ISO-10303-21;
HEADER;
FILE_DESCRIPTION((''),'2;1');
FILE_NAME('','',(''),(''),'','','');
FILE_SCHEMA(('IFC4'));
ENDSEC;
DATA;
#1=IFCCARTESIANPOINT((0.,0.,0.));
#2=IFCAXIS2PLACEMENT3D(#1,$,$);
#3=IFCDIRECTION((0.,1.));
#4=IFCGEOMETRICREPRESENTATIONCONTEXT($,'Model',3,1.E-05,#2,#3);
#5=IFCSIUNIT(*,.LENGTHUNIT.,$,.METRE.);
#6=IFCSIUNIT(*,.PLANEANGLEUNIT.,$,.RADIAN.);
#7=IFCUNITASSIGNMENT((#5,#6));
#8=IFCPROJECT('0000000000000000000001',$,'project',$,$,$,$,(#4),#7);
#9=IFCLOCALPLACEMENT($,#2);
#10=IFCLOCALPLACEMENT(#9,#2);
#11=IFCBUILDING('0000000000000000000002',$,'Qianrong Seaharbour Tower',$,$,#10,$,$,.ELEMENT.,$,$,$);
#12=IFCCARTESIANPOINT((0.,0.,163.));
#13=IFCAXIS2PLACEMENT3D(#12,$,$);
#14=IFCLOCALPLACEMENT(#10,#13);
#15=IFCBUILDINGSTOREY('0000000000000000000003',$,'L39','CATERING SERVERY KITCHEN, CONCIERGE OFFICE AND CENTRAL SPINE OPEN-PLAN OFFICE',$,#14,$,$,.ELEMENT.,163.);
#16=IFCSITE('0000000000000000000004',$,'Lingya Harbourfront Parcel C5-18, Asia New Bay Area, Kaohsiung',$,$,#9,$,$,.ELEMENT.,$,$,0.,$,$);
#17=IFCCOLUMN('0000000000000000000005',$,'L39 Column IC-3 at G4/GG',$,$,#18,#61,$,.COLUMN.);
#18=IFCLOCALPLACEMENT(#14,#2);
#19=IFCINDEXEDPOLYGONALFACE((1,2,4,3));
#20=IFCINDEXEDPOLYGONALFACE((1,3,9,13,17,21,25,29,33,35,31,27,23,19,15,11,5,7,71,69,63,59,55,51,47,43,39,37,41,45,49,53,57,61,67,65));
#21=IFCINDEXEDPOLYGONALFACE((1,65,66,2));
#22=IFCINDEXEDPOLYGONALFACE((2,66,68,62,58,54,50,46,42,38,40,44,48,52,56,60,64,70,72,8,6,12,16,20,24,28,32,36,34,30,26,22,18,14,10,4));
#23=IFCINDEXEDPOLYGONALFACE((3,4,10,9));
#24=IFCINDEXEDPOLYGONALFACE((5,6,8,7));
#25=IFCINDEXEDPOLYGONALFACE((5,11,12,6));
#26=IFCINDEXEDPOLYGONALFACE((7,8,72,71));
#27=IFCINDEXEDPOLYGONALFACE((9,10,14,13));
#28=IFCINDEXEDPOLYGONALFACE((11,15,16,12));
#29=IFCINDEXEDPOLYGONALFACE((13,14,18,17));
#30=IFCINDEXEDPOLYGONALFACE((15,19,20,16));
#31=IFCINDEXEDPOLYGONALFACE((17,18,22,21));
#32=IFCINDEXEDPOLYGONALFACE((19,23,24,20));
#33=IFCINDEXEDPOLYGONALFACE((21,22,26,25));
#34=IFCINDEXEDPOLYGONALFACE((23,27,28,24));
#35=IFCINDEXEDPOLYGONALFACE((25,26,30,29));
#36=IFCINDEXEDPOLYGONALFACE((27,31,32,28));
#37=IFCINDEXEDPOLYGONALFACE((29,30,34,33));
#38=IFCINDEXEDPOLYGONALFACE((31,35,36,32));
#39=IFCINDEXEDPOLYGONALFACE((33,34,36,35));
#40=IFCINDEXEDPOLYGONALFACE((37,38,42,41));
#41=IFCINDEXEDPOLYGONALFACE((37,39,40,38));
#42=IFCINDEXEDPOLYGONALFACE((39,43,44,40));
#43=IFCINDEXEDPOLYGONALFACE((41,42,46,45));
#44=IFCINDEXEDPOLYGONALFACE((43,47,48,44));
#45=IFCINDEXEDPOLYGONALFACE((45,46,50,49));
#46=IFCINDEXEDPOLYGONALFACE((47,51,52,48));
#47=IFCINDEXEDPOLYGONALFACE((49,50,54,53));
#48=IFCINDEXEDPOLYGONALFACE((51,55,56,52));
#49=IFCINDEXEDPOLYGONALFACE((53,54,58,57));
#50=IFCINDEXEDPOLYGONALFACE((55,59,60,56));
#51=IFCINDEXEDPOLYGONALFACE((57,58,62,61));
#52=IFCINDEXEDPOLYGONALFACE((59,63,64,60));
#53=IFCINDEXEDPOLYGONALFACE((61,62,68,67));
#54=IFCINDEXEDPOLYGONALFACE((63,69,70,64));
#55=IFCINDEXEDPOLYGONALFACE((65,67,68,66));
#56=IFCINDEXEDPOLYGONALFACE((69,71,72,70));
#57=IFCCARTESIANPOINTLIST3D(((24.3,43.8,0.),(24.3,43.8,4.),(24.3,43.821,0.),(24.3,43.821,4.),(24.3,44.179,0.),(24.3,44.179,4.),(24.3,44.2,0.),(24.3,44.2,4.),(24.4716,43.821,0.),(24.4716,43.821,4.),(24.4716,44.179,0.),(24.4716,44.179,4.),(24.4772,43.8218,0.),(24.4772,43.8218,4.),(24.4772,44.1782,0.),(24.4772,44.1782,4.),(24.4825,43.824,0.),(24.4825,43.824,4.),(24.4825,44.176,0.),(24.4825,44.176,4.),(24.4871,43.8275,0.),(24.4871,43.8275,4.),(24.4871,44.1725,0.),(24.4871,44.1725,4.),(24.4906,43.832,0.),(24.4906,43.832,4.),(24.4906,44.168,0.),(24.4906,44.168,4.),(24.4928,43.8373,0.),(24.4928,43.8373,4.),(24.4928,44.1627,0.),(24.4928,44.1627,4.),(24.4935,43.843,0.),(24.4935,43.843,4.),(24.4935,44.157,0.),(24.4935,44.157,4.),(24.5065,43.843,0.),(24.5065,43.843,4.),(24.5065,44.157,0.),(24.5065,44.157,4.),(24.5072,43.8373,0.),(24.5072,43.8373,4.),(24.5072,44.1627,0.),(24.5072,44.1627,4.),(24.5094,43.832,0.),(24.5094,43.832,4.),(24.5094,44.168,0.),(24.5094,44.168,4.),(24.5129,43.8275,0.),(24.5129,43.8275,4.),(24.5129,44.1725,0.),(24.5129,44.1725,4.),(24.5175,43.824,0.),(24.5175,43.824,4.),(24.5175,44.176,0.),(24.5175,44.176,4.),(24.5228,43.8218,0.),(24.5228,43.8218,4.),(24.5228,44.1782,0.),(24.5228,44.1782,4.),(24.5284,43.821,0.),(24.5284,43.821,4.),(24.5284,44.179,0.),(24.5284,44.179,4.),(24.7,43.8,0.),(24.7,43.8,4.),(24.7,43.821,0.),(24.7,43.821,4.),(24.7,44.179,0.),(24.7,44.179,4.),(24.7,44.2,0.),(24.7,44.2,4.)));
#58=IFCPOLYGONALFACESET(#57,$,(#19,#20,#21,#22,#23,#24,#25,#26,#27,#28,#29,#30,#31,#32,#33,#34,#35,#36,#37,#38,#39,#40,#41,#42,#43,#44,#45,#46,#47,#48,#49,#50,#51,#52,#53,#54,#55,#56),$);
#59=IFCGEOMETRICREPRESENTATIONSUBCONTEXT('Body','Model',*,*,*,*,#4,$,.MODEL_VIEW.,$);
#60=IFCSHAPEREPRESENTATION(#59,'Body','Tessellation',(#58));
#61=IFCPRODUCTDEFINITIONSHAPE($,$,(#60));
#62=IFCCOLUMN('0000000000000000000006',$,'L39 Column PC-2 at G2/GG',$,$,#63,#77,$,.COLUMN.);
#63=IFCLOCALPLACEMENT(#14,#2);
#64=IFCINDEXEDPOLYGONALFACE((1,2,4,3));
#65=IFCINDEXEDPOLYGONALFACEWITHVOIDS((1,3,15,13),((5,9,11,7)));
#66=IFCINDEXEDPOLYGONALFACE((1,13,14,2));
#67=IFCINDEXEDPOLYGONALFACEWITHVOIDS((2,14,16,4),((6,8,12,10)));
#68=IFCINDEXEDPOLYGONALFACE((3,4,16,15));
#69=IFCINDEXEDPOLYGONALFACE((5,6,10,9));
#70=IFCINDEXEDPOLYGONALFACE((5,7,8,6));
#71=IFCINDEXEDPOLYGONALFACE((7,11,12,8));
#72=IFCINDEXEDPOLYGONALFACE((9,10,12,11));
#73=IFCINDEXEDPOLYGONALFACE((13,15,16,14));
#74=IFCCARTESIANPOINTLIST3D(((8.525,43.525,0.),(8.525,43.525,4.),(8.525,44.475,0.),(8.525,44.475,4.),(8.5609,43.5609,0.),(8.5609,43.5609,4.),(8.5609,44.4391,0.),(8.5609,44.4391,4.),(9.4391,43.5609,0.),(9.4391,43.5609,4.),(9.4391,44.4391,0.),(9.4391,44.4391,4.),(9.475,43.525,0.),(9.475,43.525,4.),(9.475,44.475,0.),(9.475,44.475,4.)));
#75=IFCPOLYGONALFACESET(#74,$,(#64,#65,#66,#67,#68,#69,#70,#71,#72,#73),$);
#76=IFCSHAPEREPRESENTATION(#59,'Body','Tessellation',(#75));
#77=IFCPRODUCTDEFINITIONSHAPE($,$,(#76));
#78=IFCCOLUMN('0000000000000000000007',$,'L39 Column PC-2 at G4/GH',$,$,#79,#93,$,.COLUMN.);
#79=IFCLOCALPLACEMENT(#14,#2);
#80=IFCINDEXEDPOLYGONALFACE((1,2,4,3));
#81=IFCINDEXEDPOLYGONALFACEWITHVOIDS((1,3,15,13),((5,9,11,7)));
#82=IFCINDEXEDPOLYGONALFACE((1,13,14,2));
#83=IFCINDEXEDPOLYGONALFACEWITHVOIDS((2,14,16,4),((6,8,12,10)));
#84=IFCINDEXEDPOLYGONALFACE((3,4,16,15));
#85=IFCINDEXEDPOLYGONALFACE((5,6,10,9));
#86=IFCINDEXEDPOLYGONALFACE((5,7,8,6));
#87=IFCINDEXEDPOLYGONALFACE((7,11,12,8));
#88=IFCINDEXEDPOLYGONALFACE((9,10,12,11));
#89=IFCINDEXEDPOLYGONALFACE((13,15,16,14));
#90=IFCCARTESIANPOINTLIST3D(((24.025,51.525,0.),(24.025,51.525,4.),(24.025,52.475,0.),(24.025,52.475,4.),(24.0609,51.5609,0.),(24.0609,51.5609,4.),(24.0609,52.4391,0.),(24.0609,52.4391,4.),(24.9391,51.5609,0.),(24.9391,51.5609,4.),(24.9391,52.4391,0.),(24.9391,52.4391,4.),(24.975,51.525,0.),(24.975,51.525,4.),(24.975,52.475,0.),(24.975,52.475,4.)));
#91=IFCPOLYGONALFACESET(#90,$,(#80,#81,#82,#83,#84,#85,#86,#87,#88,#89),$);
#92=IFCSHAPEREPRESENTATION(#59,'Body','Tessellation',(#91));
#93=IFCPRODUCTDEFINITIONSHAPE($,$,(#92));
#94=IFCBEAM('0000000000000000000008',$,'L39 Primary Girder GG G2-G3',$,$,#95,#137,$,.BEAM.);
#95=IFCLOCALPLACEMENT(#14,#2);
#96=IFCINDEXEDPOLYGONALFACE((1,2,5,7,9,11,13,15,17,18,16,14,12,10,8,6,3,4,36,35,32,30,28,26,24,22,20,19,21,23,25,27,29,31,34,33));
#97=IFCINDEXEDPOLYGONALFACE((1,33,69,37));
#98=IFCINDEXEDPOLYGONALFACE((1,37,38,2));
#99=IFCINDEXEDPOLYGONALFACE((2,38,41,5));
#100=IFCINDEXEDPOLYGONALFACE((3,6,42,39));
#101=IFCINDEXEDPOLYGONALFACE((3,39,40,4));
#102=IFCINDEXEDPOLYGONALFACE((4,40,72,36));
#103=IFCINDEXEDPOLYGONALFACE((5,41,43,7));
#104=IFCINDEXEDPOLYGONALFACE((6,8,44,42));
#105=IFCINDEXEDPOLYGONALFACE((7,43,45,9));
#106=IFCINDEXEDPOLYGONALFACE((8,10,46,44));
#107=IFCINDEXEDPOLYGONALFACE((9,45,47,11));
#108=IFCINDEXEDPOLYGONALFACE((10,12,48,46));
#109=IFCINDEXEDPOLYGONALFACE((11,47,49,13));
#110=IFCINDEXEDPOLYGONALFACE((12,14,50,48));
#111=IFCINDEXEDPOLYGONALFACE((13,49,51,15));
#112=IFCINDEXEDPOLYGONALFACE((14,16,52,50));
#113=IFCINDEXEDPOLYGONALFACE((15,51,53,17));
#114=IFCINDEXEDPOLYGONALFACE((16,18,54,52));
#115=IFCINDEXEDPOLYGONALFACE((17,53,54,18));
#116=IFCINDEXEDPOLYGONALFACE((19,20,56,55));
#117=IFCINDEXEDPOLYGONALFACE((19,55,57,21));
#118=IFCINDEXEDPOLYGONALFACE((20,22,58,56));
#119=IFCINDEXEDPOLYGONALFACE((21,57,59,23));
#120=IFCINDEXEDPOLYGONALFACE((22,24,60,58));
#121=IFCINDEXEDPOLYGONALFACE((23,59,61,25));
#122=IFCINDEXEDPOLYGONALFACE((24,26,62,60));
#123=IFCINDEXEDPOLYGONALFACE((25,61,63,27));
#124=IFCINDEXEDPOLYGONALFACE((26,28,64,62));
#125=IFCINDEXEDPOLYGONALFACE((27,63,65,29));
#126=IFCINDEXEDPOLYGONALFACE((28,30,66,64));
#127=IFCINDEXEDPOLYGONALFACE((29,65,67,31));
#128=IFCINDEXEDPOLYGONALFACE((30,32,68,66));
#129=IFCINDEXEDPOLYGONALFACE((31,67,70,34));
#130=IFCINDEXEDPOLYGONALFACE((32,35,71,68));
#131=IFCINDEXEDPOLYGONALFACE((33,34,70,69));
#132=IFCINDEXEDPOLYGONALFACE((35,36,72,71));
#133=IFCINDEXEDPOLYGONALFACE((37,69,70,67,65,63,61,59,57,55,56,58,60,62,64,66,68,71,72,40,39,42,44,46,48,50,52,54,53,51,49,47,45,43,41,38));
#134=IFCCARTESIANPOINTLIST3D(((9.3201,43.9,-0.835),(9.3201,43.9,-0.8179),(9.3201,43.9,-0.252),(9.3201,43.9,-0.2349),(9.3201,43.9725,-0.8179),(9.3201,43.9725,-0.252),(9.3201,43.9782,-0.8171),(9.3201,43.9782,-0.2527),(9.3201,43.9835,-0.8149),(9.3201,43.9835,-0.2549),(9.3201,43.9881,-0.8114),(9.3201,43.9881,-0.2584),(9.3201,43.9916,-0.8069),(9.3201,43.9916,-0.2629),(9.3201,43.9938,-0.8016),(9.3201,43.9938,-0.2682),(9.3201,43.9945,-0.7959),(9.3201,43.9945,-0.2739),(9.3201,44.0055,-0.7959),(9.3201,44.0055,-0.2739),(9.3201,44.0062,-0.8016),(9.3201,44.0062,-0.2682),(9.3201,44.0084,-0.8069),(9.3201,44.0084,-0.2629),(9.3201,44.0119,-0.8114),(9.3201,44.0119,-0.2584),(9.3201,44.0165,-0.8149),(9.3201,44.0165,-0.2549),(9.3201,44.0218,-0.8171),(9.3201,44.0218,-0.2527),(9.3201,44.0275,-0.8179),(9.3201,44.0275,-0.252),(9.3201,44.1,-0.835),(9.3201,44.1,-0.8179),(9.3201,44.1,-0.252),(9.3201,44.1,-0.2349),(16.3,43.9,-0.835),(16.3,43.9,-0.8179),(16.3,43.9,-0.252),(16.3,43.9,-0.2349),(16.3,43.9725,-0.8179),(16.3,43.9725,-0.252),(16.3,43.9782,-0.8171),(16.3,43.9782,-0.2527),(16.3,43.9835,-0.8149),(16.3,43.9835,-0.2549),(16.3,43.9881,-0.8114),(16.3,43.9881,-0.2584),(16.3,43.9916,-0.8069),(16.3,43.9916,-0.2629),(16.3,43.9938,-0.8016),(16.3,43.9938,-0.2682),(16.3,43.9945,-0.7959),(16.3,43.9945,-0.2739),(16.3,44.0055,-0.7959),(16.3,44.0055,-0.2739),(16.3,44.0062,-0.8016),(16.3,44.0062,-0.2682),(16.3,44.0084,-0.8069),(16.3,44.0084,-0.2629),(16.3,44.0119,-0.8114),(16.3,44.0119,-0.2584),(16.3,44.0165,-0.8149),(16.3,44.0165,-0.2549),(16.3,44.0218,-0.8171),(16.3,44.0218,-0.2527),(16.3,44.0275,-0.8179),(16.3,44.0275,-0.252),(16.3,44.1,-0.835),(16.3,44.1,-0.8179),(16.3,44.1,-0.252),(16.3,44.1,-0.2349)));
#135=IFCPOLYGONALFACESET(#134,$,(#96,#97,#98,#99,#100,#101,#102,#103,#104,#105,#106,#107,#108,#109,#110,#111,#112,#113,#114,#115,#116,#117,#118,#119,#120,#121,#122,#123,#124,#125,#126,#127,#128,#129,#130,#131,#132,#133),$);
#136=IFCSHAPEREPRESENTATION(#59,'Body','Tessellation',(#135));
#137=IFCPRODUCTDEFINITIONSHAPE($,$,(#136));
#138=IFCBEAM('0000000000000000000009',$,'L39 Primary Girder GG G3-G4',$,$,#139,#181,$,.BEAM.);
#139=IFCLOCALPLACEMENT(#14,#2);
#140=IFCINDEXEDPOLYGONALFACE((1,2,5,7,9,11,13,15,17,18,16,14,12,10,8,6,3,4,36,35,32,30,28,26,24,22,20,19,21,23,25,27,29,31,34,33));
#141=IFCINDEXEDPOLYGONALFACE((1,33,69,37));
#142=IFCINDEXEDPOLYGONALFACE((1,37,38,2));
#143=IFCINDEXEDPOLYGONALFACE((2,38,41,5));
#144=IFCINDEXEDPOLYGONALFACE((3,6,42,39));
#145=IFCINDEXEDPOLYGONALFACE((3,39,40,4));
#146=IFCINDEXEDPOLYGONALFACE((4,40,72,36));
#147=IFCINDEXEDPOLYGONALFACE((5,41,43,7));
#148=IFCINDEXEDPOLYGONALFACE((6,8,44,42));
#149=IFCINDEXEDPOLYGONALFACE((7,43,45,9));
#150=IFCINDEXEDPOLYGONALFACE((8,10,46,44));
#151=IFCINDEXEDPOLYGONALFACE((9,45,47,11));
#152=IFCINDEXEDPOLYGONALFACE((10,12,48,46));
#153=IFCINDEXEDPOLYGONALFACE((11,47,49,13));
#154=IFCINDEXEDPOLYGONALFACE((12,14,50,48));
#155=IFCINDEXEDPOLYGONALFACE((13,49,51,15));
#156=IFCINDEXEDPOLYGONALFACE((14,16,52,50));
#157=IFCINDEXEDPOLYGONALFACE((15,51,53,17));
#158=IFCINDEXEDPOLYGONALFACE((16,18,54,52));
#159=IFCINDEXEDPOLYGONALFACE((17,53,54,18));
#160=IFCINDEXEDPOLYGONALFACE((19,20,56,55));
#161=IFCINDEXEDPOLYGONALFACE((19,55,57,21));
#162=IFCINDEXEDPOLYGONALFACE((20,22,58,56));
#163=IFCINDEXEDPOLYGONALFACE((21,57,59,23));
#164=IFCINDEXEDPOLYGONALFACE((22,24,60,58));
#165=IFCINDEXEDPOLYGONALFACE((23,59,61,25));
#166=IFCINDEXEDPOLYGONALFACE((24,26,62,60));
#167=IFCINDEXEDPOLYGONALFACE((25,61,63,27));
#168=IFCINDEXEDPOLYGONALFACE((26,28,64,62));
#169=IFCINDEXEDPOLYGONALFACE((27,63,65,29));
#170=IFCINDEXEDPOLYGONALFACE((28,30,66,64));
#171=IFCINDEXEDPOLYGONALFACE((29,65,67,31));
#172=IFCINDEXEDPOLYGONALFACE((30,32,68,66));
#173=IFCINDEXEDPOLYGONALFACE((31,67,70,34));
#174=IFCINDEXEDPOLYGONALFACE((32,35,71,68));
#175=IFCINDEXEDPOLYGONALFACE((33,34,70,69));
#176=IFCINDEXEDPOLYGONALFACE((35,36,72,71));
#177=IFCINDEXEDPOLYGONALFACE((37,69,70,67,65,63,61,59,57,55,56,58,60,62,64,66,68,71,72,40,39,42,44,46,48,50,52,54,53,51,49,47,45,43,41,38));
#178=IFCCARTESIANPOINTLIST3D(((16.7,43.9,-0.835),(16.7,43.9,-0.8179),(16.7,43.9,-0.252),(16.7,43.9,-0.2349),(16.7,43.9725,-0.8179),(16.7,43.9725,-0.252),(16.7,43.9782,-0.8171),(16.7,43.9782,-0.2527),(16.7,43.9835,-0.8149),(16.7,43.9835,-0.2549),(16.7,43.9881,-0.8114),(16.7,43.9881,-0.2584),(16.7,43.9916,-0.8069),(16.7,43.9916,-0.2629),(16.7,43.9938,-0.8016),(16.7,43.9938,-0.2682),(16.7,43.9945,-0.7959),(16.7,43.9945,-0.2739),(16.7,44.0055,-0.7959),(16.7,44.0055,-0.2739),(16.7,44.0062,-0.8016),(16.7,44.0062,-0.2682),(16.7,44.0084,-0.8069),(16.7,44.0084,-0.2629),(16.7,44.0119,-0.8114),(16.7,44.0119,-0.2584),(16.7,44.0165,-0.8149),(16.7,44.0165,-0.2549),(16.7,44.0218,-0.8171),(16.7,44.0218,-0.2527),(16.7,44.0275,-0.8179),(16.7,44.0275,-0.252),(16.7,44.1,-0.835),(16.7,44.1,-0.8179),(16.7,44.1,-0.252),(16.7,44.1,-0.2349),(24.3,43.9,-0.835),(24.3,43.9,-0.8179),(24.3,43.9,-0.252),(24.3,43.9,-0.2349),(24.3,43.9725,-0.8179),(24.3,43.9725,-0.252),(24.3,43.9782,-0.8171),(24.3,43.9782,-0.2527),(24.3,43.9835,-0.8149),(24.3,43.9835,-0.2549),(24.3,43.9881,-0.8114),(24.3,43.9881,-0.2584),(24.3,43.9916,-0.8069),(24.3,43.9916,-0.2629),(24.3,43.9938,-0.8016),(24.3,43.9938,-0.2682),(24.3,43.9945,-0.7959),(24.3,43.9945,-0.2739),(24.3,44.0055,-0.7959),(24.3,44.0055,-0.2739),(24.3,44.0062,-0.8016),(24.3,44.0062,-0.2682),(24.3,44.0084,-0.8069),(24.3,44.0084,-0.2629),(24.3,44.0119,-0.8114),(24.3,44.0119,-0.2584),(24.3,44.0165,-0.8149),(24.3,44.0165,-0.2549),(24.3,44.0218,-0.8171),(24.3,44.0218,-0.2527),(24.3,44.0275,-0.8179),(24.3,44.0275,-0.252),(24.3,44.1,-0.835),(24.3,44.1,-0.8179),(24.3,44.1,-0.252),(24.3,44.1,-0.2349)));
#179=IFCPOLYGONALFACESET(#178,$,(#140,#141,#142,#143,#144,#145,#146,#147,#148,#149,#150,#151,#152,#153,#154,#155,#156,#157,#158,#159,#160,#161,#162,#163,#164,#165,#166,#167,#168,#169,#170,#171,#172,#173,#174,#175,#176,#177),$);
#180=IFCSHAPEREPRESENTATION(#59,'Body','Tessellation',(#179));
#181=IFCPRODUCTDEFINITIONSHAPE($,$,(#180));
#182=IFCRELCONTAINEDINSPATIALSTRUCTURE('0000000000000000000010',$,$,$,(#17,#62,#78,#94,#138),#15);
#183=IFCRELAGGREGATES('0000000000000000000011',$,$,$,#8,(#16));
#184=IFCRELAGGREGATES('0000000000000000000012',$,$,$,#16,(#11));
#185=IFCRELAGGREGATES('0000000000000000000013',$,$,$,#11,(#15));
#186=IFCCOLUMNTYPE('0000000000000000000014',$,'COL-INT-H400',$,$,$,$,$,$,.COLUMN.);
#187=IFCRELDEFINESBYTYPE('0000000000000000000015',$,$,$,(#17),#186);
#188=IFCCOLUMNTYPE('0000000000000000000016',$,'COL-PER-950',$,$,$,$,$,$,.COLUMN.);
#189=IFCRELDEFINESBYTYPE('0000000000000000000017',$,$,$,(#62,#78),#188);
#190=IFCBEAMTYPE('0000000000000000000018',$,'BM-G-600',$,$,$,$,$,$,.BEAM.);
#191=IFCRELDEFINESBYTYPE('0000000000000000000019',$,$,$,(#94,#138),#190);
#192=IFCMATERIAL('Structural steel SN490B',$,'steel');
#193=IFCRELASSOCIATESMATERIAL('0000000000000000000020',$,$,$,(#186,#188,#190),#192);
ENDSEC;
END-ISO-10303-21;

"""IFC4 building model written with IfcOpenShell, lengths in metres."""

from ifc_helpers import new_model, si_unit, direction, frame, origin, origin_2d, place, context, subcontext, project, spatial, hollow_rectangle, i_section, extrude, material, material_profile, profile_set, type_object, element, save


model = new_model("IFC4")

# Units and contexts
model_context = context("Model", 3, precision=1e-05, world=origin(), true_north=direction((0.0, 1.0)))
body_context = subcontext(model_context, "Body", "Model", "MODEL_VIEW")
ifc_project = project(units=[si_unit("LENGTHUNIT", "METRE"), si_unit("PLANEANGLEUNIT", "RADIAN")], contexts=[model_context])

# Site, building, storey
site_placement = place(None, origin())
site = spatial("IfcSite", under=ifc_project, at=site_placement, Name="Lingya Harbourfront Parcel C5-18, Asia New Bay Area, Kaohsiung", CompositionType="ELEMENT", RefElevation=0.0)
building_placement = place(site_placement, origin())
building = spatial("IfcBuilding", under=site, at=building_placement, Name="Qianrong Seaharbour Tower", CompositionType="ELEMENT")
storey_placement = place(building_placement, frame((0.0, 0.0, 163.0)))
storey = spatial("IfcBuildingStorey", under=building, at=storey_placement, Name="L39", Description="CATERING SERVERY KITCHEN, CONCIERGE OFFICE AND CENTRAL SPINE OPEN-PLAN OFFICE", CompositionType="ELEMENT", Elevation=163.0)

# Columns
ifc_material_1 = material(Name="Structural steel SN490B", Category="steel")
ifc_material_profile_1 = material_profile(ifc_material_1, i_section(OverallWidth=0.3999, OverallDepth=0.3999, WebThickness=0.0129, FlangeThickness=0.021, FilletRadius=0.022, at=origin_2d()), Name="H400x400x13x21")
ifc_profile_set_1 = profile_set([ifc_material_profile_1], Name="Structural steel SN490B")
column_type_1 = type_object("IfcColumnType", Name="COL-INT-H400", PredefinedType="COLUMN", material=ifc_profile_set_1)
for number, where, z_axis, x_axis, name in (
    (1, (24.5, 44.0, 0.0), (0.0, 0.0, 1.0), (1.0, 0.0, 0.0), "L39 Column IC-3 at G4/GG"),
):
    element("IfcColumn", number, at=place(storey_placement, frame(where, z_axis=z_axis, x_axis=x_axis)), inside=storey, type_object=column_type_1, Name=name, PredefinedType="COLUMN", context=body_context, shape_type="SweptSolid", body=[
        extrude(i_section(OverallWidth=0.3999, OverallDepth=0.3999, WebThickness=0.0129, FlangeThickness=0.021, FilletRadius=0.022, at=origin_2d()), origin(), (0.0, 0.0, 1.0), 4.0),
    ])
ifc_material_profile_2 = material_profile(ifc_material_1, hollow_rectangle(XDim=0.95, YDim=0.95, WallThickness=0.0359, at=origin_2d()), Name="BOX950x950x36")
ifc_profile_set_2 = profile_set([ifc_material_profile_2], Name="Structural steel SN490B")
column_type_2 = type_object("IfcColumnType", Name="COL-PER-950", PredefinedType="COLUMN", material=ifc_profile_set_2)
for number, where, z_axis, x_axis, name in (
    (2, (9.0, 44.0, 0.0), (0.0, 0.0, 1.0), (1.0, 0.0, 0.0), "L39 Column PC-2 at G2/GG"),
    (3, (24.5, 52.0, 0.0), (0.0, 0.0, 1.0), (1.0, 0.0, 0.0), "L39 Column PC-2 at G4/GH"),
):
    element("IfcColumn", number, at=place(storey_placement, frame(where, z_axis=z_axis, x_axis=x_axis)), inside=storey, type_object=column_type_2, Name=name, PredefinedType="COLUMN", context=body_context, shape_type="SweptSolid", body=[
        extrude(hollow_rectangle(XDim=0.95, YDim=0.95, WallThickness=0.0359, at=origin_2d()), origin(), (0.0, 0.0, 1.0), 4.0),
    ])

# Beams
ifc_material_profile_3 = material_profile(ifc_material_1, i_section(OverallWidth=0.2, OverallDepth=0.6001, WebThickness=0.011, FlangeThickness=0.0171, FilletRadius=0.022, at=origin_2d()), Name="H600x200x11x17")
ifc_profile_set_3 = profile_set([ifc_material_profile_3], Name="Structural steel SN490B")
beam_type_1 = type_object("IfcBeamType", Name="BM-G-600", PredefinedType="BEAM", material=ifc_profile_set_3)
beam_1_placement = place(storey_placement, frame((9.3201, 44.0, -0.5349), z_axis=(1.0, 0.0, 0.0), x_axis=(0.0, 1.0, 0.0)))
element("IfcBeam", 4, at=beam_1_placement, inside=storey, type_object=beam_type_1, Name="L39 Primary Girder GG G2-G3", PredefinedType="BEAM", context=body_context, shape_type="SweptSolid", body=[
    extrude(i_section(OverallWidth=0.2, OverallDepth=0.6001, WebThickness=0.011, FlangeThickness=0.0171, FilletRadius=0.022, at=origin_2d()), origin(), (0.0, 0.0, 1.0), 6.98),
])
for number, where, z_axis, x_axis, name in (
    (5, (16.7, 44.0, -0.5349), (1.0, 0.0, 0.0), (0.0, 1.0, 0.0), "L39 Primary Girder GG G3-G4"),
):
    element("IfcBeam", number, at=place(storey_placement, frame(where, z_axis=z_axis, x_axis=x_axis)), inside=storey, type_object=beam_type_1, Name=name, PredefinedType="BEAM", context=body_context, shape_type="SweptSolid", body=[
        extrude(i_section(OverallWidth=0.2, OverallDepth=0.6001, WebThickness=0.011, FlangeThickness=0.0171, FilletRadius=0.022, at=origin_2d()), origin(), (0.0, 0.0, 1.0), 7.6001),
    ])

save(model, "model.ifc")
